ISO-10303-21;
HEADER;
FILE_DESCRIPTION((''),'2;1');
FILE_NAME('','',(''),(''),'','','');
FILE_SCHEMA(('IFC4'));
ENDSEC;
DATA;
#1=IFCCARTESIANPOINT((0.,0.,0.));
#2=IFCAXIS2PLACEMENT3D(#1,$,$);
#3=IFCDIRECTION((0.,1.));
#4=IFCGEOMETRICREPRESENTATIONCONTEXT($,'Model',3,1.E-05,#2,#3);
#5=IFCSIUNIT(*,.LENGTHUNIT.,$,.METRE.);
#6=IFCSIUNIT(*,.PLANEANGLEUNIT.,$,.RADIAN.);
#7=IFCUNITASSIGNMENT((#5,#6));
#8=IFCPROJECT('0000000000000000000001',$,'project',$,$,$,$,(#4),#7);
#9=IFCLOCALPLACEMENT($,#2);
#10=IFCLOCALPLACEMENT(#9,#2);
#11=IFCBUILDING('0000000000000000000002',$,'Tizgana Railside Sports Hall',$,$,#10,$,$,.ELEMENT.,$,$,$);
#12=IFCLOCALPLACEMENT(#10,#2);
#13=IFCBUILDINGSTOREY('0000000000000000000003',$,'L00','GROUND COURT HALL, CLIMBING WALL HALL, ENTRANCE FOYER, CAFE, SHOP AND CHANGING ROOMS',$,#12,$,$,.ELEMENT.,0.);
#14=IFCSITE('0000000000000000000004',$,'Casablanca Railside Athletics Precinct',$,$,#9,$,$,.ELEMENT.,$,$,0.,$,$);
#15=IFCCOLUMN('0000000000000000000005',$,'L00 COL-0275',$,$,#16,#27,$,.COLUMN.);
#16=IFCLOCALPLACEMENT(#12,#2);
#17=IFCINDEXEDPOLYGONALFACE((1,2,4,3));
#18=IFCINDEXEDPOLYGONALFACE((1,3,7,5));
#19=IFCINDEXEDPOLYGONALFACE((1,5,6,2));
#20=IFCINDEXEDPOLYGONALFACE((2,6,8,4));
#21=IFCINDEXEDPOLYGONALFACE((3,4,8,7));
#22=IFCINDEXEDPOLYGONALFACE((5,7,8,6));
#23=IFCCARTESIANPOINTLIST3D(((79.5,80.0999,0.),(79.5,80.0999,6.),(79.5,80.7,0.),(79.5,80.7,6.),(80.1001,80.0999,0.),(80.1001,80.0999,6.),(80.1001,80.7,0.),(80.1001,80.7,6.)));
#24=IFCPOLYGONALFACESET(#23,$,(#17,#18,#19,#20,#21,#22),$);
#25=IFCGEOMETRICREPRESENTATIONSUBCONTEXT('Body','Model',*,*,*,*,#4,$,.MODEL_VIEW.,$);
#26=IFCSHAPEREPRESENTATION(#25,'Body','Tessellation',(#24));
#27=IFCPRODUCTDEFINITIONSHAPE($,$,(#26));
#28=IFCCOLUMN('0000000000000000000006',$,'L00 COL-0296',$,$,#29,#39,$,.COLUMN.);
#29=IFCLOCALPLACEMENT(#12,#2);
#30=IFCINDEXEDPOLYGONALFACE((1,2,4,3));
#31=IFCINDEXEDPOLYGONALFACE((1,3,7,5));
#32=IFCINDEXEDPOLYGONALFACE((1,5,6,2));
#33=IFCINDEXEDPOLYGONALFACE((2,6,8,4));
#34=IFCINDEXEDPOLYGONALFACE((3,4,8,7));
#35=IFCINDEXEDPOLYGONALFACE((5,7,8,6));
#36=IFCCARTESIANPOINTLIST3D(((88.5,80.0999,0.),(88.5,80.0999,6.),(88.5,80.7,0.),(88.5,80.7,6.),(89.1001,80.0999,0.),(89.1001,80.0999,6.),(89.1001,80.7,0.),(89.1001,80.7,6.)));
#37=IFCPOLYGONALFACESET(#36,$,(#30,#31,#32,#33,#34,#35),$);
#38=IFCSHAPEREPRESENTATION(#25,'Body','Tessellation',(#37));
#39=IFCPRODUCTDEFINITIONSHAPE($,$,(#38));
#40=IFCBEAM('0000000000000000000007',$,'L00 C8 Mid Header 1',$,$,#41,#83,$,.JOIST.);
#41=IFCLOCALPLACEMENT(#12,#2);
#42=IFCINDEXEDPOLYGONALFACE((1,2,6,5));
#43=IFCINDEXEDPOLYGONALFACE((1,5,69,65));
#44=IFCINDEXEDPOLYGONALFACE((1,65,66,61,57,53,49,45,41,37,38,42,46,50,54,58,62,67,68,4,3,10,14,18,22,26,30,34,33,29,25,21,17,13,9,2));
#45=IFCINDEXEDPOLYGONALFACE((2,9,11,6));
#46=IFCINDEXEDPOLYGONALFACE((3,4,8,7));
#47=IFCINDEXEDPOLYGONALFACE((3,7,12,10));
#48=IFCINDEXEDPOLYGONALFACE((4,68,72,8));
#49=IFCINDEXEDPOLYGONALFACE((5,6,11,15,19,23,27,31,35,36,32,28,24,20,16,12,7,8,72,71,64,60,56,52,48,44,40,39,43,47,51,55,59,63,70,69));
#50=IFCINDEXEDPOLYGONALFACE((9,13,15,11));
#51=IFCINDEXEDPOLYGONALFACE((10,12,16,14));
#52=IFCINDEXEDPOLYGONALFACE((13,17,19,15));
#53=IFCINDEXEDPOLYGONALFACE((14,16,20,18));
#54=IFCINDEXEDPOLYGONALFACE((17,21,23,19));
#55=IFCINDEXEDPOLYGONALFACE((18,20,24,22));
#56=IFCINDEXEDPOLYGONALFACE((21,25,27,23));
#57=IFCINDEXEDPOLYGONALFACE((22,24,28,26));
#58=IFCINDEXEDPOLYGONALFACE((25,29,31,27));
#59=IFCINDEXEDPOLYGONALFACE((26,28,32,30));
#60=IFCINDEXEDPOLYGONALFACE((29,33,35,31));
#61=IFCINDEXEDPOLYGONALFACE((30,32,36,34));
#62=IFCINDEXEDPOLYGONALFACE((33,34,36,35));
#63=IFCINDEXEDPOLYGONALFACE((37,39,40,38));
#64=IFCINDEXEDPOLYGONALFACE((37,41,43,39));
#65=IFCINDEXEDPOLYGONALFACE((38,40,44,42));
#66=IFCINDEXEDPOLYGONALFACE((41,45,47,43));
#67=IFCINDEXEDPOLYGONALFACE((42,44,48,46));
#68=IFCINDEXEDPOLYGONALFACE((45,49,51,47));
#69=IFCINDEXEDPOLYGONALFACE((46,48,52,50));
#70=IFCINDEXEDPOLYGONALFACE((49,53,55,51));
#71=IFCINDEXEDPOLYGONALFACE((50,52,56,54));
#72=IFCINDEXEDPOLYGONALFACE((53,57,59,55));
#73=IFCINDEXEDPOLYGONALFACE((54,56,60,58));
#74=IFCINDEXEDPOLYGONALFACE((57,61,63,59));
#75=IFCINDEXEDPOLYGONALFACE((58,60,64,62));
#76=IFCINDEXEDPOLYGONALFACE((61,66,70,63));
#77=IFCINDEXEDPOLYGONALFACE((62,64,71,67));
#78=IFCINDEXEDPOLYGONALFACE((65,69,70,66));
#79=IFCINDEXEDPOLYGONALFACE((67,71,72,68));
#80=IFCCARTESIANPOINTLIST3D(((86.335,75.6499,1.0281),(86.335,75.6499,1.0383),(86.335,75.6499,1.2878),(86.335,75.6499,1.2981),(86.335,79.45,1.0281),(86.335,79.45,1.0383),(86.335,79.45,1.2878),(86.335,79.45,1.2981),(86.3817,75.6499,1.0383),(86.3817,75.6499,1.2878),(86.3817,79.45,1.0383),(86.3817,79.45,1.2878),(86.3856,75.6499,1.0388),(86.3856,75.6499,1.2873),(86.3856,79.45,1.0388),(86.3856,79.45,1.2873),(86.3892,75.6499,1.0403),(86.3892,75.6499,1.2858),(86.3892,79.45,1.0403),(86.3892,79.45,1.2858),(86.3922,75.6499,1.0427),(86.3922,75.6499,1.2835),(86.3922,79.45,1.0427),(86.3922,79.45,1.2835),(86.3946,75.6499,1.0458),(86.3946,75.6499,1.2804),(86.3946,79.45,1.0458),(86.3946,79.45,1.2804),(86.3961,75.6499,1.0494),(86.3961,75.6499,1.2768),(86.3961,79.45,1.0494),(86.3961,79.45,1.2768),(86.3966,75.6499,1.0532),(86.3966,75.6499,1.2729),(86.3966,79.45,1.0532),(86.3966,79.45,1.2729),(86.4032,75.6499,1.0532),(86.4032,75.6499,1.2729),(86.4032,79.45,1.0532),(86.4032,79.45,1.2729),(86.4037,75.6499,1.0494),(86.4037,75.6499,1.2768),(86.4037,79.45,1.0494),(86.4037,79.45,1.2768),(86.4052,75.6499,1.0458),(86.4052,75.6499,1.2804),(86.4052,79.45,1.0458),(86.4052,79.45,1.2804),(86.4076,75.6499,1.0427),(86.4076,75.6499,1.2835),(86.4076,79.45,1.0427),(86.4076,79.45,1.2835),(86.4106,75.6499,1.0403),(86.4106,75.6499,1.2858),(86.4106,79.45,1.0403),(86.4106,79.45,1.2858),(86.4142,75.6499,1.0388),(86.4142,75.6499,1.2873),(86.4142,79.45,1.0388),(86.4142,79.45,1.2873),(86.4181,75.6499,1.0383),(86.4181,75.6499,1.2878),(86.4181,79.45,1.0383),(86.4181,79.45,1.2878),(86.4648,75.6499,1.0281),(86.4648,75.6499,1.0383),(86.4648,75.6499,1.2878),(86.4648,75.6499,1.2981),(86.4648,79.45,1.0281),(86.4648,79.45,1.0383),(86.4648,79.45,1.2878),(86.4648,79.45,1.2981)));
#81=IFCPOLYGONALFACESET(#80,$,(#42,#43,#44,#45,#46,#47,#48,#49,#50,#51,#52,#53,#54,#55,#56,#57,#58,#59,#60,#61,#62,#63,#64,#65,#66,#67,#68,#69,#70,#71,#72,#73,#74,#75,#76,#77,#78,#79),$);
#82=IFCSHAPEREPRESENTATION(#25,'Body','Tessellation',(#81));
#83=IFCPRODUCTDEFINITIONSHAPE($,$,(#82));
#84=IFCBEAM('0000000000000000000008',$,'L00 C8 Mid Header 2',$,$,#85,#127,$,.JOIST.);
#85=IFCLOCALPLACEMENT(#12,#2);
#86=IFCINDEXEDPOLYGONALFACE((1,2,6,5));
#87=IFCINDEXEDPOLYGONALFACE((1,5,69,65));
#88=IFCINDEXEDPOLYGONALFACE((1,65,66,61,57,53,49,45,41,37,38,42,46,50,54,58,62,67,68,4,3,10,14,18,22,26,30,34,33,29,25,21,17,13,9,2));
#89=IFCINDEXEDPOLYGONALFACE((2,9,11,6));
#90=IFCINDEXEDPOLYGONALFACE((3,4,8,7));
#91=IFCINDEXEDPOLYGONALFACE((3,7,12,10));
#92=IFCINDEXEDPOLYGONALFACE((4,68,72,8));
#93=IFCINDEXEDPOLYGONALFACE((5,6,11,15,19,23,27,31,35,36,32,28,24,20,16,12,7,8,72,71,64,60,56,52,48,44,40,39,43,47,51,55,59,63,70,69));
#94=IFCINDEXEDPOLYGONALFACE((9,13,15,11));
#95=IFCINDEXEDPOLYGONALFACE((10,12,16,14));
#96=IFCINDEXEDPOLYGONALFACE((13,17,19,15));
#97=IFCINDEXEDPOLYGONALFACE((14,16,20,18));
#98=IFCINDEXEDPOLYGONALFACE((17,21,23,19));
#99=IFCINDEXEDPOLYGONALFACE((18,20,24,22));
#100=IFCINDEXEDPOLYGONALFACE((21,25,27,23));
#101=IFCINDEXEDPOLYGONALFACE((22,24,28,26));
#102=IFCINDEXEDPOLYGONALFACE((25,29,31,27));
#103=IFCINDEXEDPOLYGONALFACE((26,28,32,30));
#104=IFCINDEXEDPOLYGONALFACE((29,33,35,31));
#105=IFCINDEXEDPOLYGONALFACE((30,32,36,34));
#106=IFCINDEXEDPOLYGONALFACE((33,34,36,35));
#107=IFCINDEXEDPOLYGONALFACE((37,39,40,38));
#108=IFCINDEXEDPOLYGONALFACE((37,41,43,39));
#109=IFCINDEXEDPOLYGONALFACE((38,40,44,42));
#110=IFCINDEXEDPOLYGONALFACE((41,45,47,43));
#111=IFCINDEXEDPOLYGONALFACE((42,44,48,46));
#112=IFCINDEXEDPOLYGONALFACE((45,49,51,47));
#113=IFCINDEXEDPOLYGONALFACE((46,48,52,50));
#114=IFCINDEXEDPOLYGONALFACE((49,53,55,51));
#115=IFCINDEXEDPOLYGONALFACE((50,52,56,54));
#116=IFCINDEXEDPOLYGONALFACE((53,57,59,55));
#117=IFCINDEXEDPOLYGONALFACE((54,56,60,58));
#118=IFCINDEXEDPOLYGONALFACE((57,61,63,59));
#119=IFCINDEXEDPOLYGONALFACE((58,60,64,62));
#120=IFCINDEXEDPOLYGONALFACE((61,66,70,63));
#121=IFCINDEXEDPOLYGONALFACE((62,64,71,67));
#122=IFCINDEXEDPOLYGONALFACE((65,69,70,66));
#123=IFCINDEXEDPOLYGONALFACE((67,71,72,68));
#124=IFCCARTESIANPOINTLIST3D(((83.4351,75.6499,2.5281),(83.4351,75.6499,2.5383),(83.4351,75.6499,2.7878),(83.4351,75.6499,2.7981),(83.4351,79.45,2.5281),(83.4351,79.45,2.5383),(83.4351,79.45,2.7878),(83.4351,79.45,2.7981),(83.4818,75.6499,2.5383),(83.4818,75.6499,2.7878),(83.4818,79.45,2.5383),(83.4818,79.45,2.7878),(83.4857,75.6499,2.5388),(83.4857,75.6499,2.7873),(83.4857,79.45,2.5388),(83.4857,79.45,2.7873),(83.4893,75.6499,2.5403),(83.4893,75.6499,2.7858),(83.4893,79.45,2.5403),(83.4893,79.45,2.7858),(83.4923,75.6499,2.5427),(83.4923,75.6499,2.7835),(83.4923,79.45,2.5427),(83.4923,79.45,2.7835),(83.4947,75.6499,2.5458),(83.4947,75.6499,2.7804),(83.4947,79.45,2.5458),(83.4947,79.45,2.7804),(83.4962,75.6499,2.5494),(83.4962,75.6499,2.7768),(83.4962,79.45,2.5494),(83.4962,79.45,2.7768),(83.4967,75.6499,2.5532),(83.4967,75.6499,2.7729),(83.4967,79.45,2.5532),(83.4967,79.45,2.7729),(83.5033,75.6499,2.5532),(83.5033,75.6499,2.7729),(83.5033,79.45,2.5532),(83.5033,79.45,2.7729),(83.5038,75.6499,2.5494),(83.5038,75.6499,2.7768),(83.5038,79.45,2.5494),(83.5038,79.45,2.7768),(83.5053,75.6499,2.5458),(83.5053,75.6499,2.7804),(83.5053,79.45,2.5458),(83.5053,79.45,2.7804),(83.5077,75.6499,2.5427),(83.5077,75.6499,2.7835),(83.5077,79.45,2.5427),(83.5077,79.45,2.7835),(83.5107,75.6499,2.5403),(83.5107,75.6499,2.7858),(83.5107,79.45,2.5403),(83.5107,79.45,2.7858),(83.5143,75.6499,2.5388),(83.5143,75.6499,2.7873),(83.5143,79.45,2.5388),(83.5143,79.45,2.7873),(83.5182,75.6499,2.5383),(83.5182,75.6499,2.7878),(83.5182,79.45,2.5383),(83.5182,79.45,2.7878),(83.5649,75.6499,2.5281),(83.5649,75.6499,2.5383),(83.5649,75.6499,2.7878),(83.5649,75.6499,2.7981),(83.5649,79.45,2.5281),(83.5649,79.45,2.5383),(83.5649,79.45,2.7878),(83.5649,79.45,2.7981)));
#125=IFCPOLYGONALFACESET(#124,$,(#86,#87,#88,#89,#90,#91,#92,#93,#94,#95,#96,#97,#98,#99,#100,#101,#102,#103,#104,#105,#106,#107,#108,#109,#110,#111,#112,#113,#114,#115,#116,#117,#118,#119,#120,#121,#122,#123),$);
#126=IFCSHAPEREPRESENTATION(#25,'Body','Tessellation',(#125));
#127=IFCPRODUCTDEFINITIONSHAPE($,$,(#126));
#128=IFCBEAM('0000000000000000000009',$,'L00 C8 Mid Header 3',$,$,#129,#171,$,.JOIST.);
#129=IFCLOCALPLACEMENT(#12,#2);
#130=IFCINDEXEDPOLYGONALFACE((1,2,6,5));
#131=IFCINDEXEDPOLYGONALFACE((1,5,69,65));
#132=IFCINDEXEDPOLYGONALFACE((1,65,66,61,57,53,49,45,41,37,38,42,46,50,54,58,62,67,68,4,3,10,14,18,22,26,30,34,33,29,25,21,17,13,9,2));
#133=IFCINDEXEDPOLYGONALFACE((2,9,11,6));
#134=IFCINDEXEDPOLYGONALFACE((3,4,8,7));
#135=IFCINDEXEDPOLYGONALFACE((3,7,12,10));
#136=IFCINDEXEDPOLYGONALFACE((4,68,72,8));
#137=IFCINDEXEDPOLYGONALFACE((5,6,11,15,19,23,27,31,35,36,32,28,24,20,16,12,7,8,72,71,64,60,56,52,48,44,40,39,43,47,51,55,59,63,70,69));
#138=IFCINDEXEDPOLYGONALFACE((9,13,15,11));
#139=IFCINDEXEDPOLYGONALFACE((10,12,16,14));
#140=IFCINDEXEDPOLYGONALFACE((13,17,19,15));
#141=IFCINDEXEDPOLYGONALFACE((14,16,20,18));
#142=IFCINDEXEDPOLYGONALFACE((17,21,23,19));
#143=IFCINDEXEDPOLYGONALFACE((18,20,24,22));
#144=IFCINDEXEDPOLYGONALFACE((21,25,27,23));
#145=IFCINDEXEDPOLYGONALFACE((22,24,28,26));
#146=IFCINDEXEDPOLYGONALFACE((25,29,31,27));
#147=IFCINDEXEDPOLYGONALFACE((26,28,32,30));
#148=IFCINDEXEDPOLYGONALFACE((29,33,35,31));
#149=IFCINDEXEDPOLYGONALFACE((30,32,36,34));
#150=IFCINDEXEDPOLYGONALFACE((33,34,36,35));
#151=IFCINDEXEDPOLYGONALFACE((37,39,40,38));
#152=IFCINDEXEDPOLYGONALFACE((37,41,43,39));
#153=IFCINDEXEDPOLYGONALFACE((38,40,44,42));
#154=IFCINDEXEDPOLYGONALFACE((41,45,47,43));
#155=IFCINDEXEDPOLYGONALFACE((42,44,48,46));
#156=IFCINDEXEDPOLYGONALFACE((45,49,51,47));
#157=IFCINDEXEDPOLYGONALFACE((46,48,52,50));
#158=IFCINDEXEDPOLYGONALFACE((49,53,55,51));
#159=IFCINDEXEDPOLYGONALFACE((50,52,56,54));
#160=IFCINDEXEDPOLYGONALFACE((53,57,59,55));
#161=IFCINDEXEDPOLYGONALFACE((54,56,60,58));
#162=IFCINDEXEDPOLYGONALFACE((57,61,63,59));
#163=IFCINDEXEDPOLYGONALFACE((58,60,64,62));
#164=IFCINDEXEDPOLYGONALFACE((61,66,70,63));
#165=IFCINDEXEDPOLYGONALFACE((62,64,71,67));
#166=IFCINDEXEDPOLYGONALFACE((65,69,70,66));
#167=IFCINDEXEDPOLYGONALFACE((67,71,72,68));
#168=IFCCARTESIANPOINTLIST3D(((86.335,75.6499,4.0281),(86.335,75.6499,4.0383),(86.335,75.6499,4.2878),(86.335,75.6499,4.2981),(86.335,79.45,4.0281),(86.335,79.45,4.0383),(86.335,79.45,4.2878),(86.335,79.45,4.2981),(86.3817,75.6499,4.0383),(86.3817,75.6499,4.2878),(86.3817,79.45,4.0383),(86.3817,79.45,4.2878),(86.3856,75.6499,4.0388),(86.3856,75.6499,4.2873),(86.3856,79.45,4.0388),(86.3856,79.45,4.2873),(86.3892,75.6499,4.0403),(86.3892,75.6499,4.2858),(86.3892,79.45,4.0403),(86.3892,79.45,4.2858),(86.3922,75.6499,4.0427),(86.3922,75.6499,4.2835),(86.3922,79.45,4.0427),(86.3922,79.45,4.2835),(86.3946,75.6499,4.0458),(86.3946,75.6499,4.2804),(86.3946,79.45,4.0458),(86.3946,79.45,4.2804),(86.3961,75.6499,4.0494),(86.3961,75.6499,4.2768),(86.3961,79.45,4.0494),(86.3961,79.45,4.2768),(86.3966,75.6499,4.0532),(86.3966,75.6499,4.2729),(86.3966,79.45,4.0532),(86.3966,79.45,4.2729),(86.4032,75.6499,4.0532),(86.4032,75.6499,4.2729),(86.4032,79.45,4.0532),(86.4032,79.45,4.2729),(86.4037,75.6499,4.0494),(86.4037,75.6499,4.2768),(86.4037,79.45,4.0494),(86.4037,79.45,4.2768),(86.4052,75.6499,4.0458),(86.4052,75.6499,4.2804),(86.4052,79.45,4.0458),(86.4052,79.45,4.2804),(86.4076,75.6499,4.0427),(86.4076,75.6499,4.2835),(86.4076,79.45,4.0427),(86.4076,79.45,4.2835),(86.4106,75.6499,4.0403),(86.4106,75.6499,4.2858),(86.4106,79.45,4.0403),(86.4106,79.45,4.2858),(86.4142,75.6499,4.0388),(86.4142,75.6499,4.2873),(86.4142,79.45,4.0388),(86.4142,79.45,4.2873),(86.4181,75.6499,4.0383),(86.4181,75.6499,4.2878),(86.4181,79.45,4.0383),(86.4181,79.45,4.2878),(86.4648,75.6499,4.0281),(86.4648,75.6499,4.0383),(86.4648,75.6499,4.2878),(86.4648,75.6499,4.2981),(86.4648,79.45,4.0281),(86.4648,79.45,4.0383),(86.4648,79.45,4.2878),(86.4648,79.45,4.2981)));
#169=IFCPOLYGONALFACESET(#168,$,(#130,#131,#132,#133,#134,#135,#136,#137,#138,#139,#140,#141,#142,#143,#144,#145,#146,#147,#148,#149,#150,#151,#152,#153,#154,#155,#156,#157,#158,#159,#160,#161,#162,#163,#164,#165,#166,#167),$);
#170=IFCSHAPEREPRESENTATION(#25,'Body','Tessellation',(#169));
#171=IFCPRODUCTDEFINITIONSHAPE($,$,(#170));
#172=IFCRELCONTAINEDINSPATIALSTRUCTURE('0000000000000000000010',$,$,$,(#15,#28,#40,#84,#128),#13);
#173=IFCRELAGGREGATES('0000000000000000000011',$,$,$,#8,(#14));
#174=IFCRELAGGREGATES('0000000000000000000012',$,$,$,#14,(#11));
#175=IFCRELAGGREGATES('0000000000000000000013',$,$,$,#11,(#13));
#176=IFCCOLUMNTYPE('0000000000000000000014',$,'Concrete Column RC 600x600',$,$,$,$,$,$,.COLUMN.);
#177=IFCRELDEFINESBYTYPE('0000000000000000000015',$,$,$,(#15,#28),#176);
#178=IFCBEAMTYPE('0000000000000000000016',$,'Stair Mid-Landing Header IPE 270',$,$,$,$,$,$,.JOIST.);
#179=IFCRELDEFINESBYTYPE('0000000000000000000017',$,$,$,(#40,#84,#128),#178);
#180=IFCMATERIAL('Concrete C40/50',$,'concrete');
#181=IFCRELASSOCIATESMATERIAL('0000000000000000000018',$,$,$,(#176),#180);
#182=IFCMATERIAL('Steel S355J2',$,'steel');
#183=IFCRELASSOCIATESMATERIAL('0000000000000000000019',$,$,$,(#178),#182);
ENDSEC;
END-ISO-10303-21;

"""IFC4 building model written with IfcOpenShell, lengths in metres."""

from ifc_helpers import new_model, si_unit, direction, frame, origin, origin_2d, place, context, subcontext, project, spatial, rectangle, i_section, extrude, material, material_profile, profile_set, type_object, element, save


model = new_model("IFC4")

# Units and contexts
model_context = context("Model", 3, precision=1e-05, world=origin(), true_north=direction((0.0, 1.0)))
body_context = subcontext(model_context, "Body", "Model", "MODEL_VIEW")
ifc_project = project(units=[si_unit("LENGTHUNIT", "METRE"), si_unit("PLANEANGLEUNIT", "RADIAN")], contexts=[model_context])

# Site, building, storey
site_placement = place(None, origin())
site = spatial("IfcSite", under=ifc_project, at=site_placement, Name="Casablanca Railside Athletics Precinct", CompositionType="ELEMENT", RefElevation=0.0)
building_placement = place(site_placement, origin())
building = spatial("IfcBuilding", under=site, at=building_placement, Name="Tizgana Railside Sports Hall", CompositionType="ELEMENT")
storey_placement = place(building_placement, origin())
storey = spatial("IfcBuildingStorey", under=building, at=storey_placement, Name="L00", Description="GROUND COURT HALL, CLIMBING WALL HALL, ENTRANCE FOYER, CAFE, SHOP AND CHANGING ROOMS", CompositionType="ELEMENT", Elevation=0.0)

# Columns
ifc_material_1 = material(Name="Concrete C40/50", Category="concrete")
ifc_material_profile_1 = material_profile(ifc_material_1, rectangle(XDim=0.6001, YDim=0.6001, at=origin_2d()), Name="RC 600x600")
ifc_profile_set_1 = profile_set([ifc_material_profile_1], Name="Concrete C40/50")
column_type = type_object("IfcColumnType", Name="Concrete Column RC 600x600", PredefinedType="COLUMN", material=ifc_profile_set_1)
for number, where, z_axis, x_axis, name in (
    (1, (79.8, 80.3999, 0.0), (0.0, 0.0, 1.0), (1.0, 0.0, 0.0), "L00 COL-0275"),
    (2, (88.8, 80.3999, 0.0), (0.0, 0.0, 1.0), (1.0, 0.0, 0.0), "L00 COL-0296"),
):
    element("IfcColumn", number, at=place(storey_placement, frame(where, z_axis=z_axis, x_axis=x_axis)), inside=storey, type_object=column_type, Name=name, PredefinedType="COLUMN", context=body_context, shape_type="SweptSolid", body=[
        extrude(rectangle(XDim=0.6001, YDim=0.6001, at=origin_2d()), origin(), (0.0, 0.0, 1.0), 6.0),
    ])

# Beams
ifc_material_2 = material(Name="Steel S355J2", Category="steel")
ifc_material_profile_2 = material_profile(ifc_material_2, i_section(OverallWidth=0.1299, OverallDepth=0.27, WebThickness=0.0066, FlangeThickness=0.0103, FilletRadius=0.0149, at=origin_2d()), Name="IPE 270")
ifc_profile_set_2 = profile_set([ifc_material_profile_2], Name="Steel S355J2")
beam_type_1 = type_object("IfcBeamType", Name="Stair Mid-Landing Header IPE 270", PredefinedType="JOIST", material=ifc_profile_set_2)
for number, where, z_axis, x_axis, name in (
    (3, (86.3999, 75.6499, 1.1631), (0.0, 1.0, 0.0), (-1.0, 0.0, 0.0), "L00 C8 Mid Header 1"),
    (4, (83.5, 75.6499, 2.6631), (0.0, 1.0, 0.0), (-1.0, 0.0, 0.0), "L00 C8 Mid Header 2"),
    (5, (86.3999, 75.6499, 4.1631), (0.0, 1.0, 0.0), (-1.0, 0.0, 0.0), "L00 C8 Mid Header 3"),
):
    element("IfcBeam", number, at=place(storey_placement, frame(where, z_axis=z_axis, x_axis=x_axis)), inside=storey, type_object=beam_type_1, Name=name, PredefinedType="JOIST", context=body_context, shape_type="SweptSolid", body=[
        extrude(i_section(OverallWidth=0.1299, OverallDepth=0.27, WebThickness=0.0066, FlangeThickness=0.0103, FilletRadius=0.0149, at=origin_2d()), origin(), (0.0, 0.0, 1.0), 3.8),
    ])

save(model, "model.ifc")
